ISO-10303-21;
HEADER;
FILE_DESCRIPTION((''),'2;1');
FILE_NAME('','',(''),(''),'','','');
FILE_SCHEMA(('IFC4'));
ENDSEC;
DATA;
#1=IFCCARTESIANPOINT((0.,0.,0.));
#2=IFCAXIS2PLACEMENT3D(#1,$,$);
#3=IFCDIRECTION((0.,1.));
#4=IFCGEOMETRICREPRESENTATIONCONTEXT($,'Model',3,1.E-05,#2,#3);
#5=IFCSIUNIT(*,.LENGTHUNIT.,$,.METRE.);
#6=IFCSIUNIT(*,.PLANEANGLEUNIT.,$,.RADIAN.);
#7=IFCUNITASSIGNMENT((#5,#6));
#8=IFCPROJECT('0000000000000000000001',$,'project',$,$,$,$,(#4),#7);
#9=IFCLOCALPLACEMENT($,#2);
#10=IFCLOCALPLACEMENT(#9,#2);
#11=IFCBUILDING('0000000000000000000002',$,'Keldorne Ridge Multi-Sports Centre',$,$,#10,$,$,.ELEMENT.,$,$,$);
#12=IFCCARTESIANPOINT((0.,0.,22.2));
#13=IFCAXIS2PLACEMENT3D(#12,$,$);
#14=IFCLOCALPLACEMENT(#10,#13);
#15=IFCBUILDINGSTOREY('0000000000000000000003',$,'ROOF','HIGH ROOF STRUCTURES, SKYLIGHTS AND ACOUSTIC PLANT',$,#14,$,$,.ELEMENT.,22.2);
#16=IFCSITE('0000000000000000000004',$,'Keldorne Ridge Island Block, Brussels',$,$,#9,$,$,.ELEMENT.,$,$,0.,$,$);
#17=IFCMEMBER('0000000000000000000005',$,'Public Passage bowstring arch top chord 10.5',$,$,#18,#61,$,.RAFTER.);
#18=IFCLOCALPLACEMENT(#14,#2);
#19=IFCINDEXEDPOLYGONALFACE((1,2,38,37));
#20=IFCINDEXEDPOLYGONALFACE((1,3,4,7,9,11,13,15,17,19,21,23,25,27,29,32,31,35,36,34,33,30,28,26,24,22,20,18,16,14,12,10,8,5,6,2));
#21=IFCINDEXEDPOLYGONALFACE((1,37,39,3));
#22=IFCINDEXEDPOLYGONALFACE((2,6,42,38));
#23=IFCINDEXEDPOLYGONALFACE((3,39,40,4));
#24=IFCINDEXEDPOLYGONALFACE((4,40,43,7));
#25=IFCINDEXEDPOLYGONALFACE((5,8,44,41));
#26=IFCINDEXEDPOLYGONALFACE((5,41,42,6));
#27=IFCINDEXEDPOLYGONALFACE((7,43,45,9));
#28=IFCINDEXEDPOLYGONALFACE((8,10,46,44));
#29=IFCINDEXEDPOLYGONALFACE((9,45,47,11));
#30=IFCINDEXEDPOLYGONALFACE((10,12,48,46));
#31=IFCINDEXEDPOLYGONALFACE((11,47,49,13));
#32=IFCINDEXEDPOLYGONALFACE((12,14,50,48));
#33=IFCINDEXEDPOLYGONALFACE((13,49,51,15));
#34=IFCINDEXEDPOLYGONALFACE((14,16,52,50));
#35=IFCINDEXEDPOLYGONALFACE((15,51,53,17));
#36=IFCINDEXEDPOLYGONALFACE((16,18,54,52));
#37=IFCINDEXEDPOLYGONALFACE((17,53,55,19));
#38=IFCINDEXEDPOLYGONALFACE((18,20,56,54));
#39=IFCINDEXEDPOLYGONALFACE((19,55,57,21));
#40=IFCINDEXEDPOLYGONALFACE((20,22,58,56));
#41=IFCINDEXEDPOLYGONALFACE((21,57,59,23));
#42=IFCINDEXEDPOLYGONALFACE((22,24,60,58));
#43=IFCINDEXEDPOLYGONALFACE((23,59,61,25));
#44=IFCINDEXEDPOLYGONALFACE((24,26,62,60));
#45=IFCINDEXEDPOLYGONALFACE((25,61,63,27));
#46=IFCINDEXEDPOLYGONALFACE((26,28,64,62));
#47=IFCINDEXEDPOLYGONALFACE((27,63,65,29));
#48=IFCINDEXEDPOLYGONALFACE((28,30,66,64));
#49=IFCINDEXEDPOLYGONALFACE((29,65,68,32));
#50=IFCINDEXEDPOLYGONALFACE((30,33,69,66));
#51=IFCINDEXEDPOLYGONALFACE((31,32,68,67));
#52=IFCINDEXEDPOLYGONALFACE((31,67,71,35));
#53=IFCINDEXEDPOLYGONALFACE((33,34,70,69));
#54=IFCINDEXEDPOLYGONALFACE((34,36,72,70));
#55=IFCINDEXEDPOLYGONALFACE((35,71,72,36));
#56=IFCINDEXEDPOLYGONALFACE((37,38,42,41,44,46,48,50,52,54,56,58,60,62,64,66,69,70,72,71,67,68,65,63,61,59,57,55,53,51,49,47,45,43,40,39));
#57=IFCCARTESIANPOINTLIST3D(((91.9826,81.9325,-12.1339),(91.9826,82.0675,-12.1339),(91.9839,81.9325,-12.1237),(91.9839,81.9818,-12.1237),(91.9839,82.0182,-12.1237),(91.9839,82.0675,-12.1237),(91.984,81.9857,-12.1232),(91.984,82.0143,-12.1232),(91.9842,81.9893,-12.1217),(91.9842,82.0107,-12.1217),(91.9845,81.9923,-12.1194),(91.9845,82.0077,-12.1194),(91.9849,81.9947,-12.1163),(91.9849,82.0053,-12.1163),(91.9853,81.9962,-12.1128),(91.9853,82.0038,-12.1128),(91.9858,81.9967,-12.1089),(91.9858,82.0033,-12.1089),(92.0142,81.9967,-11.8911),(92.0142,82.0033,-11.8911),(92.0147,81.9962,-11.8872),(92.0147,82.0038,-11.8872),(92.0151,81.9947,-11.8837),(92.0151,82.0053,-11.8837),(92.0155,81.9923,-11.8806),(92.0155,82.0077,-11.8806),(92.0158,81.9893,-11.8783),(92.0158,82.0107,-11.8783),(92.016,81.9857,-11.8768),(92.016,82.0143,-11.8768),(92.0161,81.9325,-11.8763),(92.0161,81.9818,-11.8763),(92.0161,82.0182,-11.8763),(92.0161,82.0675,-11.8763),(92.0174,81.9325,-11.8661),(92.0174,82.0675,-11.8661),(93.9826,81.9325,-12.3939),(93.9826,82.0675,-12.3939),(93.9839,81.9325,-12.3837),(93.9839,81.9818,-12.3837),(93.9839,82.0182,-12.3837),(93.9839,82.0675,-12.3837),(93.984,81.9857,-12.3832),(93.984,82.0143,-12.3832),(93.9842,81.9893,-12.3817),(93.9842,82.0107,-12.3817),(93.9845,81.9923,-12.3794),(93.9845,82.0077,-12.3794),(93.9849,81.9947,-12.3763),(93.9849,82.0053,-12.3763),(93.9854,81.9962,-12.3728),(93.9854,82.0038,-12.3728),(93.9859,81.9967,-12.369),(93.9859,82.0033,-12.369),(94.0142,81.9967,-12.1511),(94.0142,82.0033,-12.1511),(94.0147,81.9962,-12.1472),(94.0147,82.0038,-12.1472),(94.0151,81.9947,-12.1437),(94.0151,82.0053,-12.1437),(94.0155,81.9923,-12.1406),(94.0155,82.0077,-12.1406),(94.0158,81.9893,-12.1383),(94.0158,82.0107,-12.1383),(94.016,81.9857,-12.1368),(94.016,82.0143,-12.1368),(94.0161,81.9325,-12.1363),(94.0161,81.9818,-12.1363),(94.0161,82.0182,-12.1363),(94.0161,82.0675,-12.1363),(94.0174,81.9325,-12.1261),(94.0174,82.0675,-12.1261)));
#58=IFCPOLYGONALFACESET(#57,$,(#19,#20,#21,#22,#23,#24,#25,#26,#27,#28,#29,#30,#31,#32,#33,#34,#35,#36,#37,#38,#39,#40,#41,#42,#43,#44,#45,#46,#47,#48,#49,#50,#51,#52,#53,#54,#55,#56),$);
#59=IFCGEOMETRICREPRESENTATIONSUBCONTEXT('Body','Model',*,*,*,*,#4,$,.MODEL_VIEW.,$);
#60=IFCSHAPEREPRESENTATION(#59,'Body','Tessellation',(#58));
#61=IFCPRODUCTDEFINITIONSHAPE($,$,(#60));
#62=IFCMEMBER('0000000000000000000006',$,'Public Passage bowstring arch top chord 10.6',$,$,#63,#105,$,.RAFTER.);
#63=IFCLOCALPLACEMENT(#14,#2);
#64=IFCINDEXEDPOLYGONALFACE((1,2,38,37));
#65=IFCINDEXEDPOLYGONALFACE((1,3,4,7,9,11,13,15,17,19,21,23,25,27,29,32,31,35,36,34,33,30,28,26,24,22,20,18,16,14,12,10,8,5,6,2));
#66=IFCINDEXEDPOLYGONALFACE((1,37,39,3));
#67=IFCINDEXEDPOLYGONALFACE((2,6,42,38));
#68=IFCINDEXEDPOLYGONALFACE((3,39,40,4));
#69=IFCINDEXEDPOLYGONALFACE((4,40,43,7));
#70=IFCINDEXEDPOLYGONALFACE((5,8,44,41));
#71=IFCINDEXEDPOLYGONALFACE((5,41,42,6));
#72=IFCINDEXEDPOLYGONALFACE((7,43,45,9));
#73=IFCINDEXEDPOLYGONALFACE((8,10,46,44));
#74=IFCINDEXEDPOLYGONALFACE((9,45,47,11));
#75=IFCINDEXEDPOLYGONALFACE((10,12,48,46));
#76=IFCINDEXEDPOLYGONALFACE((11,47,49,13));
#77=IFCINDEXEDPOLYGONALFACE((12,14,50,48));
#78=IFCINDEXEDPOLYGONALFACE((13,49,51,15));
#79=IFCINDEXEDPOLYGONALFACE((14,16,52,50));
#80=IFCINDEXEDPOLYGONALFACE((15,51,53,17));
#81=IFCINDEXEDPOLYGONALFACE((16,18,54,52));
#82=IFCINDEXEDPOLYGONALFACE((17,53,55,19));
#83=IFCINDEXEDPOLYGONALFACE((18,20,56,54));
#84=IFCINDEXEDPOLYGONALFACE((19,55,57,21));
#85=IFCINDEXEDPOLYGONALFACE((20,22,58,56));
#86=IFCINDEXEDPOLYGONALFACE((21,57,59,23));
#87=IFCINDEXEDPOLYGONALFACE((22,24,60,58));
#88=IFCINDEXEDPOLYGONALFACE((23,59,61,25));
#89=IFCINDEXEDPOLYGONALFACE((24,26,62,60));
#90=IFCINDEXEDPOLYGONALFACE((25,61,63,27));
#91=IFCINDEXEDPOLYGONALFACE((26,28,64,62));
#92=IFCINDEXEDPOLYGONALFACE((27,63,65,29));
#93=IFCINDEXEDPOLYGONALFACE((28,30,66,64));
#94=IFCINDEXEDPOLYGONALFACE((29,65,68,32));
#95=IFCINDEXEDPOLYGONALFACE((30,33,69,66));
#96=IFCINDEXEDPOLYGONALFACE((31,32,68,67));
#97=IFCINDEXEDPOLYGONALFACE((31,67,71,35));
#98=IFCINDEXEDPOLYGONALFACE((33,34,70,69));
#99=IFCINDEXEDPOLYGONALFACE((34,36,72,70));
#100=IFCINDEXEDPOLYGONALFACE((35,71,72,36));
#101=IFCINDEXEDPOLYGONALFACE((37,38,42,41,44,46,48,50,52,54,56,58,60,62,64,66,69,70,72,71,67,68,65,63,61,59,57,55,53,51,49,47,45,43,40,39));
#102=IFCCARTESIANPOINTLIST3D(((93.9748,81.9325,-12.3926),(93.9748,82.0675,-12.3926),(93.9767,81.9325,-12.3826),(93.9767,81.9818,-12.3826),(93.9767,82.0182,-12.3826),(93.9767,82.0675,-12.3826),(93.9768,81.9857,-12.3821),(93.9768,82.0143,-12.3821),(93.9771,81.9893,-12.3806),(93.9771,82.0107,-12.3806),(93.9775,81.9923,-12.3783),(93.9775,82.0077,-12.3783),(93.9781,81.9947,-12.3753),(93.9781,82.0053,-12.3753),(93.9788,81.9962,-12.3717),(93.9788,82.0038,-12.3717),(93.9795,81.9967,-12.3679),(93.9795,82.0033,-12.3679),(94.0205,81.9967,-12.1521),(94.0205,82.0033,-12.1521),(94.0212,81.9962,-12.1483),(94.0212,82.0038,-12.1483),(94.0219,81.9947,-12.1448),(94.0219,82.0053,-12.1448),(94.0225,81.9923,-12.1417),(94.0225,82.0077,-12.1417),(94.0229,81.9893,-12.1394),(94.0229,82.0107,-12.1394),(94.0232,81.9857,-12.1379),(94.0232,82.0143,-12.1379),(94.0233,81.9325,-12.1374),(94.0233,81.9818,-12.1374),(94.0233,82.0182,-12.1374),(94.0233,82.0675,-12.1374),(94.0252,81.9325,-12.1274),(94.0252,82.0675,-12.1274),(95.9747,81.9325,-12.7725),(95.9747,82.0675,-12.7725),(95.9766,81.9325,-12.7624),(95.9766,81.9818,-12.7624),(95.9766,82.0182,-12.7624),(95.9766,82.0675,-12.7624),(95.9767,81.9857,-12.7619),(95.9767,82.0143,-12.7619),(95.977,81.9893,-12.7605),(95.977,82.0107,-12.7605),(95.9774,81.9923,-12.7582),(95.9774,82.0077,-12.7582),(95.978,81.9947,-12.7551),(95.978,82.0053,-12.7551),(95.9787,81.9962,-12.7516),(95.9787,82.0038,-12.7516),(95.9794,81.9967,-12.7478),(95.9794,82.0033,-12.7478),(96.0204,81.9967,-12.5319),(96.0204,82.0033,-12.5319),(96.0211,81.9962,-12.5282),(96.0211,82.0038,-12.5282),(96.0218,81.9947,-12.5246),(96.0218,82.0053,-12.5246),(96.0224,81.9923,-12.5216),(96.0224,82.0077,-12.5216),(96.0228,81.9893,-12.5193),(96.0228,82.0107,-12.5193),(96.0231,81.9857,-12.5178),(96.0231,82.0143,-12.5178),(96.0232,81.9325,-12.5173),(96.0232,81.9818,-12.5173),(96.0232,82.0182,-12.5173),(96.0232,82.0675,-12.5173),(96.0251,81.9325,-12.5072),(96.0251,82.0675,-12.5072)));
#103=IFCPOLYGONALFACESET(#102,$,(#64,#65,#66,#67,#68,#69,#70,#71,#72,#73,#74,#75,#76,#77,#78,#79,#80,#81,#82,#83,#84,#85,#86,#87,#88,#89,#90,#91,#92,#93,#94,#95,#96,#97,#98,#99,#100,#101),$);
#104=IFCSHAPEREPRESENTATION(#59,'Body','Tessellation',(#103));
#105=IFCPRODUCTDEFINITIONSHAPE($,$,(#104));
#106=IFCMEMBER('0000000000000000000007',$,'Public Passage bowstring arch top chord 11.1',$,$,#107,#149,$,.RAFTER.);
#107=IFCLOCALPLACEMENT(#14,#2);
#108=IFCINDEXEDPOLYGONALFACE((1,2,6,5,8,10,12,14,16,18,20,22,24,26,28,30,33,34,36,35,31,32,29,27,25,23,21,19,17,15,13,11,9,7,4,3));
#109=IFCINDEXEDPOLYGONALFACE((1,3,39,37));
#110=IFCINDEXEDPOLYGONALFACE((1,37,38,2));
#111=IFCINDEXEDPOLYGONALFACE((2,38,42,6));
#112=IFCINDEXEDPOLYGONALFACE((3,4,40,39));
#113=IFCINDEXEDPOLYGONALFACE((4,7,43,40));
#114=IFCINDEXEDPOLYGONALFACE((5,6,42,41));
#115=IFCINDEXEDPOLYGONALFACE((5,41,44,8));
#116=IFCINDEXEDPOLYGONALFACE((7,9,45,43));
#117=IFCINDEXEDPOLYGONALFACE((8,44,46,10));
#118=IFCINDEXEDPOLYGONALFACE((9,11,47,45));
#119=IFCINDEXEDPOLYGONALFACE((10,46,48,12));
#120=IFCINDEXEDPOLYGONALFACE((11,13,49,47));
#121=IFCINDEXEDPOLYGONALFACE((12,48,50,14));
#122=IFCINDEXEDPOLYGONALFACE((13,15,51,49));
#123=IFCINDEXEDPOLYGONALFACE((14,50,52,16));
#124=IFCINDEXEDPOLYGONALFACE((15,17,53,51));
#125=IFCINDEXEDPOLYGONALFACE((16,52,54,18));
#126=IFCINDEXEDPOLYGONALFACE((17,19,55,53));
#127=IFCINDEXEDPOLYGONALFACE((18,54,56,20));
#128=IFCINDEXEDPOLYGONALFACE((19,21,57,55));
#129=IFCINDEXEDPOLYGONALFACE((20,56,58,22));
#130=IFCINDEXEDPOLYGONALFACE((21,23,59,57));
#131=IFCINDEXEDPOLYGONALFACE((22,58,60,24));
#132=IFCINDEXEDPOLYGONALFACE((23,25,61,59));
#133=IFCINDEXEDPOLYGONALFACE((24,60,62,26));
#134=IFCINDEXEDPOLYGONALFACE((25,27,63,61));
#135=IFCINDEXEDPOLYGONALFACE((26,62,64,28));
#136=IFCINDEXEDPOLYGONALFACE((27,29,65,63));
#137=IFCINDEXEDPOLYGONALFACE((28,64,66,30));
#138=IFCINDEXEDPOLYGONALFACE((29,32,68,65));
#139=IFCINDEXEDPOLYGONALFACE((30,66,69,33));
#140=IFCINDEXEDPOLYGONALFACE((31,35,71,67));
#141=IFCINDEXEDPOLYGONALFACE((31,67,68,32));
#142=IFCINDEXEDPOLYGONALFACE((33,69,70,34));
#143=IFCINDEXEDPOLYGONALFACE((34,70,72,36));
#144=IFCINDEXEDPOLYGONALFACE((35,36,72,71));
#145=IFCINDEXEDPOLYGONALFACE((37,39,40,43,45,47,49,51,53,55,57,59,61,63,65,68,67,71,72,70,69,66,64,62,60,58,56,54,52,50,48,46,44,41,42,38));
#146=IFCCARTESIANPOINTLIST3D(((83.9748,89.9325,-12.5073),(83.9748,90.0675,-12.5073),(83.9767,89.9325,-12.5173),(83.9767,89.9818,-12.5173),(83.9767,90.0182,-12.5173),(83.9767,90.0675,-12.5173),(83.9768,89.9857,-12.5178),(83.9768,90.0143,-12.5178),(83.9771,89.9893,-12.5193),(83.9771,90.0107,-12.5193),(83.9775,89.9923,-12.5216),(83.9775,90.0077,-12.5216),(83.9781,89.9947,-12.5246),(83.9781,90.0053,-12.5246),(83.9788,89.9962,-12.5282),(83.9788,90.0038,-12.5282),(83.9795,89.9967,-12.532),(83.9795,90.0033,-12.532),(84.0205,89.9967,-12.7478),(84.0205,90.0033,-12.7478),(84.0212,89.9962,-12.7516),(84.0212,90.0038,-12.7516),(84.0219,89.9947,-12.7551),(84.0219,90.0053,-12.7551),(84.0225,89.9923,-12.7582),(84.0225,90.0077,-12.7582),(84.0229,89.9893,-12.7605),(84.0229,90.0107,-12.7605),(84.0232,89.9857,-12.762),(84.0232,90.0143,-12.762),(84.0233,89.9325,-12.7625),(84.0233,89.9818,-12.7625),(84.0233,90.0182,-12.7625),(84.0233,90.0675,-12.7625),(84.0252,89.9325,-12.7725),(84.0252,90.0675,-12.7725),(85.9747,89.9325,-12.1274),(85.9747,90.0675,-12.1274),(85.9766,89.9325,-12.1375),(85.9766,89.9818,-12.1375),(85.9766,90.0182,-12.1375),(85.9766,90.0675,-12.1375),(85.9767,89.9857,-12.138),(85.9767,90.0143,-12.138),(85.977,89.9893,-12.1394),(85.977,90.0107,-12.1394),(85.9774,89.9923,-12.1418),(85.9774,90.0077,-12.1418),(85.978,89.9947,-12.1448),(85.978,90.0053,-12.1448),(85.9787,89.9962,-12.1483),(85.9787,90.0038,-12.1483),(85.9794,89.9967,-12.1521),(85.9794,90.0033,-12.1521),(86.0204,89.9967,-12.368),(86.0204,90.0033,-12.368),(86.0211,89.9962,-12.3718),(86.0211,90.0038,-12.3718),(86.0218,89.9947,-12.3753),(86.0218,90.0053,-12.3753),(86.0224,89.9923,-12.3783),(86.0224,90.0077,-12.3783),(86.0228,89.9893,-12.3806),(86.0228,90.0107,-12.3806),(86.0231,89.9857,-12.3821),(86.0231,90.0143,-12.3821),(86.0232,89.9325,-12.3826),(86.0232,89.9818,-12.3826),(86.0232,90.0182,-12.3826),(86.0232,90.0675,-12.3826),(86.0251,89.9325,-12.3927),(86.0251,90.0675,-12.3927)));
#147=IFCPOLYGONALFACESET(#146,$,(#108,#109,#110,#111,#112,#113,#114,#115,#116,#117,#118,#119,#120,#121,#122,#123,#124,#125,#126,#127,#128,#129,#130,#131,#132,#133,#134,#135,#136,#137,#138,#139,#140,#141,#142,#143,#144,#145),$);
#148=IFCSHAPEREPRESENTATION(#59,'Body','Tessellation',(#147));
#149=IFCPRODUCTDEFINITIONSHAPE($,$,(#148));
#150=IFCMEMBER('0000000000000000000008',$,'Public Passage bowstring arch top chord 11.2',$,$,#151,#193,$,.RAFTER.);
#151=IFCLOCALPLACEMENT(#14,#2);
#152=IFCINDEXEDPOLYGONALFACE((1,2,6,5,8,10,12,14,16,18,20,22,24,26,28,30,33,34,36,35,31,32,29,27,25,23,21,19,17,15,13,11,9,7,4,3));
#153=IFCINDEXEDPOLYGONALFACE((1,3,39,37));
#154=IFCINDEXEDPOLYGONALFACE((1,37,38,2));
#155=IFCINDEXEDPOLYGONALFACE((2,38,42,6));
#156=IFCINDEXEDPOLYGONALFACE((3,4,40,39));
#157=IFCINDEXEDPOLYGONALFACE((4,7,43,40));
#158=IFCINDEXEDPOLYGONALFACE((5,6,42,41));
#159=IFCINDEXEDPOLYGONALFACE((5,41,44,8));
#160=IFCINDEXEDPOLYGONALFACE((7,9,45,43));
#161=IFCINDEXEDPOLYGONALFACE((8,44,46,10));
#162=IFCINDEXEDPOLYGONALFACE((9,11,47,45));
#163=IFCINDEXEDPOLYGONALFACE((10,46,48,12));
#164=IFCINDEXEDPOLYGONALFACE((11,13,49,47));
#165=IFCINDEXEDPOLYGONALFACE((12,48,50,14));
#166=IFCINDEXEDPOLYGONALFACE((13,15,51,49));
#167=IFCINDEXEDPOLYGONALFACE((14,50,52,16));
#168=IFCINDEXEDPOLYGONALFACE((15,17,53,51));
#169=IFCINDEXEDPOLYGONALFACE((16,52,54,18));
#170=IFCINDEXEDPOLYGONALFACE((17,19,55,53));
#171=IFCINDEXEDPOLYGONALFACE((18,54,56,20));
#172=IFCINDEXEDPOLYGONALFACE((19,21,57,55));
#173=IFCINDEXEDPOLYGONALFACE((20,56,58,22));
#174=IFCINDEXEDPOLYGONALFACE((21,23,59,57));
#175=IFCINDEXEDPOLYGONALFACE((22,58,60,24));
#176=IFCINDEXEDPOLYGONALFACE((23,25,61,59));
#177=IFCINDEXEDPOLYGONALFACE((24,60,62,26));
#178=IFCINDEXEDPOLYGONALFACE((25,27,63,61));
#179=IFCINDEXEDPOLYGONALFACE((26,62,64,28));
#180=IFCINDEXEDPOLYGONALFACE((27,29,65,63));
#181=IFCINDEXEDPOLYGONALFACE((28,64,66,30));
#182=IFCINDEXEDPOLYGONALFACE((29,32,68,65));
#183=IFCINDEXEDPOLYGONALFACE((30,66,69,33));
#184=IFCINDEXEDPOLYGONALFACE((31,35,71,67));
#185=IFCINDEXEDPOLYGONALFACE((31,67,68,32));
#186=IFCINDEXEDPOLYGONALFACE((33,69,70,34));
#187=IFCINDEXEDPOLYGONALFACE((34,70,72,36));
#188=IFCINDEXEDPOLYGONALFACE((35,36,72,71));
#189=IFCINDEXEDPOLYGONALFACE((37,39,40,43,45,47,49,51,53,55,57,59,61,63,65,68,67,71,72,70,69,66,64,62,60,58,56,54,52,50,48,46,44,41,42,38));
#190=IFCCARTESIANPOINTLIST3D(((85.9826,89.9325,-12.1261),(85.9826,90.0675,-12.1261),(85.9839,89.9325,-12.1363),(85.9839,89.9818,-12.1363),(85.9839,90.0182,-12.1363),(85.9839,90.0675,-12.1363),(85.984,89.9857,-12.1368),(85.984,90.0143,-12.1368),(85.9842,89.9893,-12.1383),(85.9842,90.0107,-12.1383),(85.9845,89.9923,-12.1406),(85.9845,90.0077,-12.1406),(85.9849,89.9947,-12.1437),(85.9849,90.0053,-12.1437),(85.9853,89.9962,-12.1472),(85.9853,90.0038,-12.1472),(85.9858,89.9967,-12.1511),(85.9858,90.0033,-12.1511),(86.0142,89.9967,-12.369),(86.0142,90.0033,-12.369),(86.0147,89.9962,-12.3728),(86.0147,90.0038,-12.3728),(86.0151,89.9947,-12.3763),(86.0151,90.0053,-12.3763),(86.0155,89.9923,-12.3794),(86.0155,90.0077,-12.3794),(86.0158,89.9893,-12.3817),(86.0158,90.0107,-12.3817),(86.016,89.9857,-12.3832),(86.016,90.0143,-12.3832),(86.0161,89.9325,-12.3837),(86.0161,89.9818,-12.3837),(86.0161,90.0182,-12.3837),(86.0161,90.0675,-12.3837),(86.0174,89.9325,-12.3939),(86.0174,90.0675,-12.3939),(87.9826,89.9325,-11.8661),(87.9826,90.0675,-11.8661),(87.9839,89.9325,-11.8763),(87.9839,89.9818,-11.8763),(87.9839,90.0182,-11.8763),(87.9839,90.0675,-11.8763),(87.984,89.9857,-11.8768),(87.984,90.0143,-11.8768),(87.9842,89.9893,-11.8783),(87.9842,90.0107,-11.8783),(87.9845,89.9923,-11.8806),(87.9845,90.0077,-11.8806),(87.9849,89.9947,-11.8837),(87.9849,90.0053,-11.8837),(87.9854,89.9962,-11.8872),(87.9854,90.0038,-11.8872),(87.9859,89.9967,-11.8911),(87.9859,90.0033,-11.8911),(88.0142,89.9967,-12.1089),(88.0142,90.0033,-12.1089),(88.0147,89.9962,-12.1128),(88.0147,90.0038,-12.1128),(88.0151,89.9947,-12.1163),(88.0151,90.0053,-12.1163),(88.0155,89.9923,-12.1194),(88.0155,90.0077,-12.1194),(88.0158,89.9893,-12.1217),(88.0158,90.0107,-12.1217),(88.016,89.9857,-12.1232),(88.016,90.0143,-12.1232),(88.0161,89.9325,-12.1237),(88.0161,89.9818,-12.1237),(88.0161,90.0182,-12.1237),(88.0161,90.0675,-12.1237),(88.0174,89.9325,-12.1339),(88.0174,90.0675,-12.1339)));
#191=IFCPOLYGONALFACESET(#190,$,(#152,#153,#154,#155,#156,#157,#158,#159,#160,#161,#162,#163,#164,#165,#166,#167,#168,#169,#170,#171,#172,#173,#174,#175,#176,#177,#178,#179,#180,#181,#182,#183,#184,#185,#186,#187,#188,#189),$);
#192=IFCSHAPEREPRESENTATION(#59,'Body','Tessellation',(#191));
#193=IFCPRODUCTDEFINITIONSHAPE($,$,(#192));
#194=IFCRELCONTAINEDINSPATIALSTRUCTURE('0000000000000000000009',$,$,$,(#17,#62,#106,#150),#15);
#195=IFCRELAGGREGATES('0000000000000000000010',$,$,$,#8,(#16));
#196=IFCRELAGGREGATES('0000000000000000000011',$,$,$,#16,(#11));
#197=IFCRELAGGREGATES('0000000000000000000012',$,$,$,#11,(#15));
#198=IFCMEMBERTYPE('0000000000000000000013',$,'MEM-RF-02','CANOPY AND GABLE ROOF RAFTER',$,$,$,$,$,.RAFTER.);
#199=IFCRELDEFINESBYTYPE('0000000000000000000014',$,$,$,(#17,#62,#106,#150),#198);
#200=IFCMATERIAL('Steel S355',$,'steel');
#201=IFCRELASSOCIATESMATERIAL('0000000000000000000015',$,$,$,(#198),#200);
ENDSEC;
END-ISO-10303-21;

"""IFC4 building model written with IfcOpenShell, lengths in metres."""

from ifc_helpers import new_model, si_unit, direction, frame, origin, origin_2d, place, context, subcontext, project, spatial, i_section, extrude, material, material_profile, profile_set, type_object, element, save


model = new_model("IFC4")

# Units and contexts
model_context = context("Model", 3, precision=1e-05, world=origin(), true_north=direction((0.0, 1.0)))
body_context = subcontext(model_context, "Body", "Model", "MODEL_VIEW")
ifc_project = project(units=[si_unit("LENGTHUNIT", "METRE"), si_unit("PLANEANGLEUNIT", "RADIAN")], contexts=[model_context])

# Site, building, storey
site_placement = place(None, origin())
site = spatial("IfcSite", under=ifc_project, at=site_placement, Name="Keldorne Ridge Island Block, Brussels", CompositionType="ELEMENT", RefElevation=0.0)
building_placement = place(site_placement, origin())
building = spatial("IfcBuilding", under=site, at=building_placement, Name="Keldorne Ridge Multi-Sports Centre", CompositionType="ELEMENT")
storey_placement = place(building_placement, frame((0.0, 0.0, 22.2)))
storey = spatial("IfcBuildingStorey", under=building, at=storey_placement, Name="ROOF", Description="HIGH ROOF STRUCTURES, SKYLIGHTS AND ACOUSTIC PLANT", CompositionType="ELEMENT", Elevation=22.2)

# Members
ifc_material = material(Name="Steel S355", Category="steel")
ifc_material_profile_1 = material_profile(ifc_material, i_section(OverallWidth=0.135, OverallDepth=0.27, WebThickness=0.0066, FlangeThickness=0.0103, FilletRadius=0.0149, at=origin_2d()), Name="IPE 270")
ifc_profile_set_1 = profile_set([ifc_material_profile_1], Name="Steel S355")
member_type_1 = type_object("IfcMemberType", Name="MEM-RF-02", Description="CANOPY AND GABLE ROOF RAFTER", PredefinedType="RAFTER", material=ifc_profile_set_1)
member_1_placement = place(storey_placement, frame((92.0, 82.0, -12.0), z_axis=(0.991655, 0.0, -0.12892), x_axis=(0.0, 1.0, 0.0)))
element("IfcMember", 1, at=member_1_placement, inside=storey, type_object=member_type_1, Name="Public Passage bowstring arch top chord 10.5", PredefinedType="RAFTER", context=body_context, shape_type="SweptSolid", body=[
    extrude(i_section(OverallWidth=0.135, OverallDepth=0.27, WebThickness=0.0066, FlangeThickness=0.0103, FilletRadius=0.0149, at=origin_2d()), origin(), (0.0, 0.0, 1.0), 2.0168),
])
for number, where, z_axis, x_axis, name in (
    (2, (94.0, 82.0, -12.26), (0.982435, 0.0, -0.186605), (0.0, 1.0, 0.0), "Public Passage bowstring arch top chord 10.6"),
    (3, (84.0, 90.0, -12.6399), (0.982435, 0.0, 0.186605), (0.0, 1.0, 0.0), "Public Passage bowstring arch top chord 11.1"),
):
    element("IfcMember", number, at=place(storey_placement, frame(where, z_axis=z_axis, x_axis=x_axis)), inside=storey, type_object=member_type_1, Name=name, PredefinedType="RAFTER", context=body_context, shape_type="SweptSolid", body=[
        extrude(i_section(OverallWidth=0.135, OverallDepth=0.27, WebThickness=0.0066, FlangeThickness=0.0103, FilletRadius=0.0149, at=origin_2d()), origin(), (0.0, 0.0, 1.0), 2.0356),
    ])
member_2_placement = place(storey_placement, frame((86.0, 90.0, -12.26), z_axis=(0.991655, 0.0, 0.12892), x_axis=(0.0, 1.0, 0.0)))
element("IfcMember", 4, at=member_2_placement, inside=storey, type_object=member_type_1, Name="Public Passage bowstring arch top chord 11.2", PredefinedType="RAFTER", context=body_context, shape_type="SweptSolid", body=[
    extrude(i_section(OverallWidth=0.135, OverallDepth=0.27, WebThickness=0.0066, FlangeThickness=0.0103, FilletRadius=0.0149, at=origin_2d()), origin(), (0.0, 0.0, 1.0), 2.0168),
])

save(model, "model.ifc")
